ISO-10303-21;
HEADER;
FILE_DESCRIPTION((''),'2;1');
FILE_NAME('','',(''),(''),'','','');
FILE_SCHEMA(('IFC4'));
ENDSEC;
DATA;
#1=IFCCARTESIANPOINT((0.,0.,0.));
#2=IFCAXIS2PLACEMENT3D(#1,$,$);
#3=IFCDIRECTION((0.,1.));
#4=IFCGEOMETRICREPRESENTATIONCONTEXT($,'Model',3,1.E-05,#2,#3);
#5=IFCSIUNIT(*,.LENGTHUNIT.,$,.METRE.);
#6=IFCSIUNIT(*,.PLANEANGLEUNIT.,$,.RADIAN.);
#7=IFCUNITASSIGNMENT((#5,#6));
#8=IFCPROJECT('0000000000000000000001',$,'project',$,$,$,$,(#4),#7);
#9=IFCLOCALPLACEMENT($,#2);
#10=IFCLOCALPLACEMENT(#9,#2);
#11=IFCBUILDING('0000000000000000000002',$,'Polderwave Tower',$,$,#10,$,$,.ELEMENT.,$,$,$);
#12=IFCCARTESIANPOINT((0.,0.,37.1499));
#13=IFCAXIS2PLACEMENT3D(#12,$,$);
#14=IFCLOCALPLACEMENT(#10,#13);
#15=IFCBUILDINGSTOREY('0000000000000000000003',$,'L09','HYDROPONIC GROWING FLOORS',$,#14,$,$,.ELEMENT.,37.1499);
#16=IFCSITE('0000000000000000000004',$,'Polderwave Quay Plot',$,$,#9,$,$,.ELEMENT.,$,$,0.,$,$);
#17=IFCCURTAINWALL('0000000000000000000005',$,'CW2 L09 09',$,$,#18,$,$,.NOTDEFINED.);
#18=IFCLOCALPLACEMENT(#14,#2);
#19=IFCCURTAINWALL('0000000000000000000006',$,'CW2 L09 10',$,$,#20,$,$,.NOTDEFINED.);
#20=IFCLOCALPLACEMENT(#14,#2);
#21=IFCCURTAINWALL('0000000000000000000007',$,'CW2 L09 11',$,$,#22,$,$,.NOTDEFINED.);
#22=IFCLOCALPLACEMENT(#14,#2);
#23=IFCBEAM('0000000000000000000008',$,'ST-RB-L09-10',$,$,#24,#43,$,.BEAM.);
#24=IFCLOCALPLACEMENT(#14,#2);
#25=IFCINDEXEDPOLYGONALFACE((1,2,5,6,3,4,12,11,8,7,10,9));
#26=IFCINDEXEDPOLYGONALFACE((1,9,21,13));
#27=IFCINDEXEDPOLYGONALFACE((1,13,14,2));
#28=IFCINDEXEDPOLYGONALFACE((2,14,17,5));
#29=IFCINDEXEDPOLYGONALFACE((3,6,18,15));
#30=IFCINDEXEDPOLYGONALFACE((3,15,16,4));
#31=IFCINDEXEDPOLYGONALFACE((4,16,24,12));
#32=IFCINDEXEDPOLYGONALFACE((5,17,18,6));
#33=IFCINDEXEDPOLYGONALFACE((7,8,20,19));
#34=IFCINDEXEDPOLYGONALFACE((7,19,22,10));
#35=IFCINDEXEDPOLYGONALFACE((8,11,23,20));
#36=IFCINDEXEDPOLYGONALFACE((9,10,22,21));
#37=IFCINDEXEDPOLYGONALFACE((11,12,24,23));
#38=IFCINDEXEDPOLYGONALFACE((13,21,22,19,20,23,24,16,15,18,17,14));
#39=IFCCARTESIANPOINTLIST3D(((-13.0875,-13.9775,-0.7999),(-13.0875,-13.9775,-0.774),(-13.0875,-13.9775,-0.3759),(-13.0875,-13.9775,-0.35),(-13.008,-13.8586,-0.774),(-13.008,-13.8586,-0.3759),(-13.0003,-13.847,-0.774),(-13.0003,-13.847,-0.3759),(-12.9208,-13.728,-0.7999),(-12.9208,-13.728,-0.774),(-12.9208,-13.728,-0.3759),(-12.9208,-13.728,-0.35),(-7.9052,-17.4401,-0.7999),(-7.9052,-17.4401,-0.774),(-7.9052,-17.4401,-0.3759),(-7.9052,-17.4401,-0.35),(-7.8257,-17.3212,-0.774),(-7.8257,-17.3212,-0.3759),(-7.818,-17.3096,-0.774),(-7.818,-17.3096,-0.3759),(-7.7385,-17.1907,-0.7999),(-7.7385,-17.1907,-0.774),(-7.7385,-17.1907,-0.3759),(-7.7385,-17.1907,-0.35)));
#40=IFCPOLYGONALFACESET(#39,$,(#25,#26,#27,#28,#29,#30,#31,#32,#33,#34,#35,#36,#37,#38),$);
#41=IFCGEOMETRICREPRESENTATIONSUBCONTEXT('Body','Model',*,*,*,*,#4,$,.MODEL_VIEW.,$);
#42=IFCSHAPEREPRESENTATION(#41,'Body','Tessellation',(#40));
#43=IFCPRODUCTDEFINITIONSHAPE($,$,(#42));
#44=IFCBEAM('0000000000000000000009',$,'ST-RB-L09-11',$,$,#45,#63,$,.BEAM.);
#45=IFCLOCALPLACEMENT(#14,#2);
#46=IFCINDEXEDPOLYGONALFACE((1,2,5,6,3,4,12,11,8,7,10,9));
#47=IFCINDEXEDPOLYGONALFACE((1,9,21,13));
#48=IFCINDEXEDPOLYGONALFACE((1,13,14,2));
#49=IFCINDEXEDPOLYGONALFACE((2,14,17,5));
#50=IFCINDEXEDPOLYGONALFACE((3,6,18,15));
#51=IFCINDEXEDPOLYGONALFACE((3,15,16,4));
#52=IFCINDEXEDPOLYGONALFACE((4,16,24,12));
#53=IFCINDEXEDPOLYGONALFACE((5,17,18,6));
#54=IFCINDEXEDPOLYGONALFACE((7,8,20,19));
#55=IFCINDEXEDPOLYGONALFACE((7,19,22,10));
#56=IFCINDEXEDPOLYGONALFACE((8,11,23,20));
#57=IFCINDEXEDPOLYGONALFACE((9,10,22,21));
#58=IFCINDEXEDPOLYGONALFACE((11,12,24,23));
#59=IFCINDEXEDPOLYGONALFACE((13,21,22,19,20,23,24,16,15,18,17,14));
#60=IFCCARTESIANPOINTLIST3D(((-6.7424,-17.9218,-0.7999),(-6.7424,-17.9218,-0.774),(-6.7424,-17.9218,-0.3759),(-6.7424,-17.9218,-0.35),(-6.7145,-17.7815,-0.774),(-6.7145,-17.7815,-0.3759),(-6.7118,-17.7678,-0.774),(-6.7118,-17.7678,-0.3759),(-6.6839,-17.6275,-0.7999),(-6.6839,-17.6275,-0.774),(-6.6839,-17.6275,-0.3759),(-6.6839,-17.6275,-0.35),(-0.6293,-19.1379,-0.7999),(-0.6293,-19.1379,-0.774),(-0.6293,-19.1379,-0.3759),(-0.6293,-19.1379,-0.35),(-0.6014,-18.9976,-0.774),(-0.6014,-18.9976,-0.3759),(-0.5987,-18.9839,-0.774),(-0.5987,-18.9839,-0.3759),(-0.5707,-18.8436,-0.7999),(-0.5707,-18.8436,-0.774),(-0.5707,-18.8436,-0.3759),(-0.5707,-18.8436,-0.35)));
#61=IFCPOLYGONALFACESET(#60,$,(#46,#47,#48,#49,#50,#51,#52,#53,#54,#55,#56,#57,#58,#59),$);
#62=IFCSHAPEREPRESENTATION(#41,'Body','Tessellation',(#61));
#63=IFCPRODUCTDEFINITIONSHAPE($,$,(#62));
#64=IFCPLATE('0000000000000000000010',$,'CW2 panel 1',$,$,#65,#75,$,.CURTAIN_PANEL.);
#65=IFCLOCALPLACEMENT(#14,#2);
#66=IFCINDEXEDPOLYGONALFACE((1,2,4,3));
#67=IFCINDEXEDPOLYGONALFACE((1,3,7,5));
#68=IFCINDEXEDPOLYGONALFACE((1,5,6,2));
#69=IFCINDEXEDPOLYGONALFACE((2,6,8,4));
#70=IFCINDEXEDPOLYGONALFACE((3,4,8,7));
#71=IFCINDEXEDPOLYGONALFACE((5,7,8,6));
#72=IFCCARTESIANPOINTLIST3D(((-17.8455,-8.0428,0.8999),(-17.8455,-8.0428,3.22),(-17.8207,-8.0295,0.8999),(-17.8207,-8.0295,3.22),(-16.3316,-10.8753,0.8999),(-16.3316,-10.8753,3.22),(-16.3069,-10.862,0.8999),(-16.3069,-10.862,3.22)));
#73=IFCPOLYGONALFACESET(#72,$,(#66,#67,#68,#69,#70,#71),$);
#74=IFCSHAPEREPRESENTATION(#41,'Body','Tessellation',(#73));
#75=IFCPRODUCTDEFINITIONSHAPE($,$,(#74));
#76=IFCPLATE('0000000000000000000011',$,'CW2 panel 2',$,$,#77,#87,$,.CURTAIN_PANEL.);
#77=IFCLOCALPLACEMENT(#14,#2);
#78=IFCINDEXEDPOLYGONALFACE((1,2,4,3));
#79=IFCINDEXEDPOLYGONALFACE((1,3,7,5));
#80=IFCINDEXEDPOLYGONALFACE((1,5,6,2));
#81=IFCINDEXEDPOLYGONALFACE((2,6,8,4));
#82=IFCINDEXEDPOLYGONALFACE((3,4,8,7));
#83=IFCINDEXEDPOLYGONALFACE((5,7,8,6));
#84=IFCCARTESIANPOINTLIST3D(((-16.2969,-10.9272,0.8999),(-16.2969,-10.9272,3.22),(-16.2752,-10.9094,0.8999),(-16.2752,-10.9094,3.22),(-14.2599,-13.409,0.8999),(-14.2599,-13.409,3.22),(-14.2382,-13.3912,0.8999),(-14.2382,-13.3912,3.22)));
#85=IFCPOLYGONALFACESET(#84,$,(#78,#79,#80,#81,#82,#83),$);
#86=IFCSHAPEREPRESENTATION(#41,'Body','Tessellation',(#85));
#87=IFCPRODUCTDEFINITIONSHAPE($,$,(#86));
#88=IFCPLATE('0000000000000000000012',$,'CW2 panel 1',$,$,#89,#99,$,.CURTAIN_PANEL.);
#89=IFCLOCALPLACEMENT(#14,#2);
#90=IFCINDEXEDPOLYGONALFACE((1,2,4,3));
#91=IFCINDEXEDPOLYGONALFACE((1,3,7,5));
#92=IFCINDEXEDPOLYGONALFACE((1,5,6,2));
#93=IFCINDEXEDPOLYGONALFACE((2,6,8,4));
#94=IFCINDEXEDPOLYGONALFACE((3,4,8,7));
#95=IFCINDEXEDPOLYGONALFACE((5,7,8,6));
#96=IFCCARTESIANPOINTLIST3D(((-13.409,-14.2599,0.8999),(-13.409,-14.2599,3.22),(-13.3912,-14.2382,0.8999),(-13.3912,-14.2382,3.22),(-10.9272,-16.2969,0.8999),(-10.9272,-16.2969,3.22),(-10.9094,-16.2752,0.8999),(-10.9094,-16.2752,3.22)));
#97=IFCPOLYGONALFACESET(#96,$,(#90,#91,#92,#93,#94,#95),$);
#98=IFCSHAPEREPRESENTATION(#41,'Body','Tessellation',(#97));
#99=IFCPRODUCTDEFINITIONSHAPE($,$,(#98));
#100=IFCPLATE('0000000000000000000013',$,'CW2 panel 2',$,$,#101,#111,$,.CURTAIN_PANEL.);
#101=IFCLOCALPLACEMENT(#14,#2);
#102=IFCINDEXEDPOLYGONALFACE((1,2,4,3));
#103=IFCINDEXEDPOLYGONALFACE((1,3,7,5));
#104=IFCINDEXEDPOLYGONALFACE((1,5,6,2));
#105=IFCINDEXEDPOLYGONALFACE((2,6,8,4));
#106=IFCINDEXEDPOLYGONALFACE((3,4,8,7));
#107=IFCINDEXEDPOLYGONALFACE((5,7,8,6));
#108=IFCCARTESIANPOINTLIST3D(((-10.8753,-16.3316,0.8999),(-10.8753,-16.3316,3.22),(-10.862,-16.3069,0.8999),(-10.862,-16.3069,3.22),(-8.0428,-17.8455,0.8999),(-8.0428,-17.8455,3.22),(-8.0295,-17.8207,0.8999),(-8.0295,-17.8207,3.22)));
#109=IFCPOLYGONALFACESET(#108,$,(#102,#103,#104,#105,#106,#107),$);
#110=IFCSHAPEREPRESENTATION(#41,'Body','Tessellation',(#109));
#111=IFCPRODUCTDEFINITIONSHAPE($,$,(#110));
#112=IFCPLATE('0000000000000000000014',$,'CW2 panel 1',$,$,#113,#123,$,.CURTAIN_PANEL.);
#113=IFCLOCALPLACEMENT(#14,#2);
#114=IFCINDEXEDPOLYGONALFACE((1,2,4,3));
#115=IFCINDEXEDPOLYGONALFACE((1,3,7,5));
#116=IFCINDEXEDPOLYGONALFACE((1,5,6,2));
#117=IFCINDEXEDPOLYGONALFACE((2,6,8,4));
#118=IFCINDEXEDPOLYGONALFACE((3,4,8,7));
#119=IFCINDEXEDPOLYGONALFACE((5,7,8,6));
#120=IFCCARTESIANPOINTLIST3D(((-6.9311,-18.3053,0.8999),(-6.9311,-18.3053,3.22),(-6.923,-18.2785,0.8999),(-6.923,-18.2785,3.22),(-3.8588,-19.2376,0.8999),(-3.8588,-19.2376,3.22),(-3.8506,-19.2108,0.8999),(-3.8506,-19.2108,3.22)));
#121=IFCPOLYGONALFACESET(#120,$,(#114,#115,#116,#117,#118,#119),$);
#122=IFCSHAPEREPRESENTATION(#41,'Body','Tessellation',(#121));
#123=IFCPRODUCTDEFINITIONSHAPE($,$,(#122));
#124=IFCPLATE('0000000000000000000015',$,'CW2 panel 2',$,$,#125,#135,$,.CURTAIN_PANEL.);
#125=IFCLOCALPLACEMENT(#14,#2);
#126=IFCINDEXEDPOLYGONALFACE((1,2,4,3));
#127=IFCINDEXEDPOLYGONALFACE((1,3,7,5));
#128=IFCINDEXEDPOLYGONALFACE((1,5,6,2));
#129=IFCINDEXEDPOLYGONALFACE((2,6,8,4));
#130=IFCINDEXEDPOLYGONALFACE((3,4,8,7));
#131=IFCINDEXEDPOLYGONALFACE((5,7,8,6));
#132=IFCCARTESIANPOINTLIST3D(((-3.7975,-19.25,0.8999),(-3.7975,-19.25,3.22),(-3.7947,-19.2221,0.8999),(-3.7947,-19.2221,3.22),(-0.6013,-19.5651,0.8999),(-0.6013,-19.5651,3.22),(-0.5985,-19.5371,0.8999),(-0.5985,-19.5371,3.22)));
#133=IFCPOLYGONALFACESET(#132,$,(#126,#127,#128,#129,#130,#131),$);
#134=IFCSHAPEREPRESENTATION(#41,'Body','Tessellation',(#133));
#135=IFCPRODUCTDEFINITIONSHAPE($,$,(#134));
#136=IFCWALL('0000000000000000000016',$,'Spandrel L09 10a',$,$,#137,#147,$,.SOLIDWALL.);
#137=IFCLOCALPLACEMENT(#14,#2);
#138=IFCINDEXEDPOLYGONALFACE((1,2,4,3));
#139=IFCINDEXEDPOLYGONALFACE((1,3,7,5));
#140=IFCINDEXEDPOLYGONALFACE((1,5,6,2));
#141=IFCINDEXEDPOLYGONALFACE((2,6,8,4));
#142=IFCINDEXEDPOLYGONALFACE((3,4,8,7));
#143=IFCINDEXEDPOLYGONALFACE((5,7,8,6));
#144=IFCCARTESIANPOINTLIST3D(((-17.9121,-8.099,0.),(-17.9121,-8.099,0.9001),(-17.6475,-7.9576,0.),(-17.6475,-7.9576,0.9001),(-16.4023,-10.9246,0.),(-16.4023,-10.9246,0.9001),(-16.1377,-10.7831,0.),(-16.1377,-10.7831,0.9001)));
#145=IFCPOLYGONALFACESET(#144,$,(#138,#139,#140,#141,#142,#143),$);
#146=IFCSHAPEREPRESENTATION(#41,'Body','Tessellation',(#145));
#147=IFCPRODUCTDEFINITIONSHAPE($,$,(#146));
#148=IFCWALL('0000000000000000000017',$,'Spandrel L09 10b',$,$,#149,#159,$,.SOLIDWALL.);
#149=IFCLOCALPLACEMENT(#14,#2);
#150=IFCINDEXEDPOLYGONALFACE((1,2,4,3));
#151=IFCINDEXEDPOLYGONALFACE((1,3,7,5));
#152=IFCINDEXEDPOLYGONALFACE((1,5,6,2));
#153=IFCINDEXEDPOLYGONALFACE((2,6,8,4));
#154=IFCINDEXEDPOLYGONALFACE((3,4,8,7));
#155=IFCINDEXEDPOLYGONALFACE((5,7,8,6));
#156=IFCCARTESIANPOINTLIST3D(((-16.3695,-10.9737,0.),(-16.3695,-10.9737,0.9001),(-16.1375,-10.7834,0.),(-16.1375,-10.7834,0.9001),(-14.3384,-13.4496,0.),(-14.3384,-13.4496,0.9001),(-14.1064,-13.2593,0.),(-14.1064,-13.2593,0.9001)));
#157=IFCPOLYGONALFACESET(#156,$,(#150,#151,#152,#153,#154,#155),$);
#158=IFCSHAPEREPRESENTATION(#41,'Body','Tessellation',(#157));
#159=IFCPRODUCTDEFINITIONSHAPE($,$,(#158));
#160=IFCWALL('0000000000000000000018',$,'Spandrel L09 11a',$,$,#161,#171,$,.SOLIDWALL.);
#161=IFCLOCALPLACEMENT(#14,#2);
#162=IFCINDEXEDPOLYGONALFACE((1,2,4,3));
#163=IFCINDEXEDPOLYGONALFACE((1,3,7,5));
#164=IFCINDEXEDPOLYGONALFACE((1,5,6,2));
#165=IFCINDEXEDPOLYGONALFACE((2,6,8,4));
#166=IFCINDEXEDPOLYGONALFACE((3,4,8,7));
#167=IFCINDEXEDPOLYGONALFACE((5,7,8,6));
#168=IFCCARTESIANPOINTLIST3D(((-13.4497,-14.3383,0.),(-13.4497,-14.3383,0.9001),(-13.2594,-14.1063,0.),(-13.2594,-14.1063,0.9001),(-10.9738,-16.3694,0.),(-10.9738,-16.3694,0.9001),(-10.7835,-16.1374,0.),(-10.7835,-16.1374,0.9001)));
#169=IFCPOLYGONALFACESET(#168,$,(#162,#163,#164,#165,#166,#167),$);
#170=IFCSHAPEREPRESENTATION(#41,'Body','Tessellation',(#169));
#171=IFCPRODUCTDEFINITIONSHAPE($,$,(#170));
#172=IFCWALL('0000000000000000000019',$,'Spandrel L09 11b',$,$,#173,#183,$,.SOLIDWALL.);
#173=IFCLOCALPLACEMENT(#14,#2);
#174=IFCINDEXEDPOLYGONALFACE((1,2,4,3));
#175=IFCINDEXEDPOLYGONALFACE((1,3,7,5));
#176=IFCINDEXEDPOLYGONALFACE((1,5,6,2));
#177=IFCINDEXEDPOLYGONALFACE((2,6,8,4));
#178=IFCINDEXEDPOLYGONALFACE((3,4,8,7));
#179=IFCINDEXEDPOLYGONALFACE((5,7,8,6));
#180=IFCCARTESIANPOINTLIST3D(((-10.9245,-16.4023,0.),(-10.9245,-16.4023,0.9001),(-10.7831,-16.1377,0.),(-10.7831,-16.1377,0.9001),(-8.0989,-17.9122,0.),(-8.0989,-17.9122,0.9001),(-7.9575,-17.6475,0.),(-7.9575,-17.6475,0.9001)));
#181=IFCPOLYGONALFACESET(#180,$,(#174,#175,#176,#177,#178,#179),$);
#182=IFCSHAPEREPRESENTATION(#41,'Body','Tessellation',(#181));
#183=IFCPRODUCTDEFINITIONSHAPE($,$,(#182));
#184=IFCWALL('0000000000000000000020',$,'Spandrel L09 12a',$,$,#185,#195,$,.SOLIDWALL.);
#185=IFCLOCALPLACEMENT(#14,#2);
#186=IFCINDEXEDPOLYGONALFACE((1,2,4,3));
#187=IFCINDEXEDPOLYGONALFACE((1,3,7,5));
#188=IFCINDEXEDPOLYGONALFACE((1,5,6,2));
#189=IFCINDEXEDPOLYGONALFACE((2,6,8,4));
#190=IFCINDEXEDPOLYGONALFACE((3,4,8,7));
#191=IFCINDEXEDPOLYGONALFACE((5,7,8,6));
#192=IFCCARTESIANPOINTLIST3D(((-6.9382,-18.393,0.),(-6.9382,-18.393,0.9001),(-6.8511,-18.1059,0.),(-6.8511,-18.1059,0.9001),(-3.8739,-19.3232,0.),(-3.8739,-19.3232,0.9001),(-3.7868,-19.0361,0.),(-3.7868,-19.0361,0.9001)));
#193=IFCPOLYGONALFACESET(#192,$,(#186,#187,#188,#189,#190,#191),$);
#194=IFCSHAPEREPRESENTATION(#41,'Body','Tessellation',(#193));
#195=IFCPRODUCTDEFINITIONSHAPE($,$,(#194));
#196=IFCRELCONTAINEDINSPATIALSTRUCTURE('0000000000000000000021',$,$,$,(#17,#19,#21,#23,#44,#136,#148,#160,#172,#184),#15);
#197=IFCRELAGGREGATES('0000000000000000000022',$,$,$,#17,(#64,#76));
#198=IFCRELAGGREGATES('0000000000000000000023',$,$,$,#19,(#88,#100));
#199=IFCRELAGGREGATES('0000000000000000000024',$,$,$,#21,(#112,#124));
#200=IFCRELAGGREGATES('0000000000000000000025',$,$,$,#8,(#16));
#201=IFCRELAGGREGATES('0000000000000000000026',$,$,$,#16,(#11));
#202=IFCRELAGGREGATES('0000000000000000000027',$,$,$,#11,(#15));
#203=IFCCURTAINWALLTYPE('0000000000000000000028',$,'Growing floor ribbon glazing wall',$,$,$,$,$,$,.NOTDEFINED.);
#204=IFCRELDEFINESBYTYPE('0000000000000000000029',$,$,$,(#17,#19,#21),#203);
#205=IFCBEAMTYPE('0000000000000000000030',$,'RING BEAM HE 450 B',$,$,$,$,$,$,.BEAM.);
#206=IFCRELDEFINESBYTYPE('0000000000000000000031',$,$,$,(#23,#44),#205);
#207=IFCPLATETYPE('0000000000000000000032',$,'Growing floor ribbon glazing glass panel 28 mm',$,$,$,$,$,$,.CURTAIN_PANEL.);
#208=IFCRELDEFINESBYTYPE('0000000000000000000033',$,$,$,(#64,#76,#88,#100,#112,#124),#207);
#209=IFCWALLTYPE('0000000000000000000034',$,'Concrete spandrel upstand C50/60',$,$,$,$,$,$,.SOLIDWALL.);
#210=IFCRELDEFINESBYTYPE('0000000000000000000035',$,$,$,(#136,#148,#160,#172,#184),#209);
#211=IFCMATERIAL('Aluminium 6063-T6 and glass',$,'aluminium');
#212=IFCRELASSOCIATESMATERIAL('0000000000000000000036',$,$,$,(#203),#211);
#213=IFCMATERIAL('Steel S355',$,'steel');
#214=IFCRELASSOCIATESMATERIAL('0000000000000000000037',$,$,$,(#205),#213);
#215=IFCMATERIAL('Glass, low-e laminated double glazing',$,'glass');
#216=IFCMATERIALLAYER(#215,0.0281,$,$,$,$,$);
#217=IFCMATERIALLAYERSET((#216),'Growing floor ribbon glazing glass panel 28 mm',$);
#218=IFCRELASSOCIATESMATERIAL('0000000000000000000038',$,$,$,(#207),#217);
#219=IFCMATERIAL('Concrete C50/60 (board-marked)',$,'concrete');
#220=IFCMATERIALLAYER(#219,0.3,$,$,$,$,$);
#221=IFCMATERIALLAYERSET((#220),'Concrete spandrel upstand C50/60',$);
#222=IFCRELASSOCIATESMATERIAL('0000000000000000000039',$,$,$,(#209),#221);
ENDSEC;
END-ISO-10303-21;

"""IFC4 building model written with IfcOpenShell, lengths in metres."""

from ifc_helpers import new_model, si_unit, direction, frame, frame_2d, origin, origin_2d, place, context, subcontext, project, spatial, rectangle, i_section, extrude, material, layer, layer_set, material_profile, profile_set, type_object, element, aggregate, save


model = new_model("IFC4")

# Units and contexts
model_context = context("Model", 3, precision=1e-05, world=origin(), true_north=direction((0.0, 1.0)))
body_context = subcontext(model_context, "Body", "Model", "MODEL_VIEW")
ifc_project = project(units=[si_unit("LENGTHUNIT", "METRE"), si_unit("PLANEANGLEUNIT", "RADIAN")], contexts=[model_context])

# Site, building, storey
site_placement = place(None, origin())
site = spatial("IfcSite", under=ifc_project, at=site_placement, Name="Polderwave Quay Plot", CompositionType="ELEMENT", RefElevation=0.0)
building_placement = place(site_placement, origin())
building = spatial("IfcBuilding", under=site, at=building_placement, Name="Polderwave Tower", CompositionType="ELEMENT")
storey_placement = place(building_placement, frame((0.0, 0.0, 37.1499)))
storey = spatial("IfcBuildingStorey", under=building, at=storey_placement, Name="L09", Description="HYDROPONIC GROWING FLOORS", CompositionType="ELEMENT", Elevation=37.1499)

# Curtain walls
ifc_material_1 = material(Name="Aluminium 6063-T6 and glass", Category="aluminium")
curtain_wall_type = type_object("IfcCurtainWallType", Name="Growing floor ribbon glazing wall", PredefinedType="NOTDEFINED", material=ifc_material_1)
curtain_wall_1_placement = place(storey_placement, origin())
curtain_wall_1 = element("IfcCurtainWall", 1, at=curtain_wall_1_placement, inside=storey, type_object=curtain_wall_type, Name="CW2 L09 09", PredefinedType="NOTDEFINED")
curtain_wall_2_placement = place(storey_placement, origin())
curtain_wall_2 = element("IfcCurtainWall", 2, at=curtain_wall_2_placement, inside=storey, type_object=curtain_wall_type, Name="CW2 L09 10", PredefinedType="NOTDEFINED")
curtain_wall_3_placement = place(storey_placement, origin())
curtain_wall_3 = element("IfcCurtainWall", 3, at=curtain_wall_3_placement, inside=storey, type_object=curtain_wall_type, Name="CW2 L09 11", PredefinedType="NOTDEFINED")

# Beams
ifc_material_2 = material(Name="Steel S355", Category="steel")
ifc_material_profile_1 = material_profile(ifc_material_2, i_section(OverallWidth=0.3, OverallDepth=0.45, WebThickness=0.0139, FlangeThickness=0.0259, at=origin_2d()), Name="HE 450 B")
ifc_profile_set_1 = profile_set([ifc_material_profile_1], Name="Steel S355")
beam_type = type_object("IfcBeamType", Name="RING BEAM HE 450 B", PredefinedType="BEAM", material=ifc_profile_set_1)
for number, where, z_axis, x_axis, name in (
    (4, (-13.0042, -13.8528, -0.575), (0.831477, -0.555559, 0.0), (0.555559, 0.831477, 0.0), "ST-RB-L09-10"),
):
    element("IfcBeam", number, at=place(storey_placement, frame(where, z_axis=z_axis, x_axis=x_axis)), inside=storey, type_object=beam_type, Name=name, PredefinedType="BEAM", context=body_context, shape_type="SweptSolid", body=[
        extrude(i_section(OverallWidth=0.3, OverallDepth=0.45, WebThickness=0.0139, FlangeThickness=0.0259, at=origin_2d()), origin(), (0.0, 0.0, 1.0), 6.2327),
    ])
beam_placement = place(storey_placement, frame((-6.7131, -17.7747, -0.575), z_axis=(0.980782, -0.195107, 0.0), x_axis=(0.195107, 0.980782, 0.0)))
element("IfcBeam", 5, at=beam_placement, inside=storey, type_object=beam_type, Name="ST-RB-L09-11", PredefinedType="BEAM", context=body_context, shape_type="SweptSolid", body=[
    extrude(i_section(OverallWidth=0.3, OverallDepth=0.45, WebThickness=0.0139, FlangeThickness=0.0259, at=origin_2d()), origin(), (0.0, 0.0, 1.0), 6.2329),
])

# Plates
ifc_material_3 = material(Name="Glass, low-e laminated double glazing", Category="glass")
ifc_layer_1 = layer(ifc_material_3, 0.0281)
ifc_layer_set_1 = layer_set([ifc_layer_1], Name="Growing floor ribbon glazing glass panel 28 mm")
plate_type = type_object("IfcPlateType", Name="Growing floor ribbon glazing glass panel 28 mm", PredefinedType="CURTAIN_PANEL", material=ifc_layer_set_1)
plate_1_placement = place(storey_placement, frame((-17.0762, -9.4524, 0.8999), z_axis=(0.0, 0.0, 1.0), x_axis=(0.471357, -0.881943, 0.0)))
plate_1 = element("IfcPlate", 6, at=plate_1_placement, type_object=plate_type, Name="CW2 panel 1", PredefinedType="CURTAIN_PANEL", context=body_context, shape_type="SweptSolid", body=[
    extrude(rectangle(XDim=3.2117, YDim=0.0281, at=origin_2d()), origin(), (0.0, 0.0, 1.0), 2.3201),
])
plate_2_placement = place(storey_placement, frame((-15.2676, -12.1592, 0.8999), z_axis=(0.0, 0.0, 1.0), x_axis=(0.63443, -0.772981, 0.0)))
plate_2 = element("IfcPlate", 7, at=plate_2_placement, type_object=plate_type, Name="CW2 panel 2", PredefinedType="CURTAIN_PANEL", context=body_context, shape_type="SweptSolid", body=[
    extrude(rectangle(XDim=3.2107, YDim=0.0281, at=origin_2d()), origin(), (0.0, 0.0, 1.0), 2.3201),
])
aggregate(curtain_wall_1, [plate_1, plate_2])
plate_3_placement = place(storey_placement, frame((-12.1592, -15.2676, 0.8999), z_axis=(0.0, 0.0, 1.0), x_axis=(0.772981, -0.63443, 0.0)))
plate_3 = element("IfcPlate", 8, at=plate_3_placement, type_object=plate_type, Name="CW2 panel 1", PredefinedType="CURTAIN_PANEL", context=body_context, shape_type="SweptSolid", body=[
    extrude(rectangle(XDim=3.2107, YDim=0.0281, at=origin_2d()), origin(), (0.0, 0.0, 1.0), 2.3201),
])
plate_4_placement = place(storey_placement, frame((-9.4524, -17.0762, 0.8999), z_axis=(0.0, 0.0, 1.0), x_axis=(0.881943, -0.471357, 0.0)))
plate_4 = element("IfcPlate", 9, at=plate_4_placement, type_object=plate_type, Name="CW2 panel 2", PredefinedType="CURTAIN_PANEL", context=body_context, shape_type="SweptSolid", body=[
    extrude(rectangle(XDim=3.2117, YDim=0.0281, at=origin_2d()), origin(), (0.0, 0.0, 1.0), 2.3201),
])
aggregate(curtain_wall_2, [plate_3, plate_4])
plate_5_placement = place(storey_placement, frame((-5.3909, -18.7581, 0.8999), z_axis=(0.0, 0.0, 1.0), x_axis=(0.956913, -0.290375, 0.0)))
plate_5 = element("IfcPlate", 10, at=plate_5_placement, type_object=plate_type, Name="CW2 panel 1", PredefinedType="CURTAIN_PANEL", context=body_context, shape_type="SweptSolid", body=[
    extrude(rectangle(XDim=3.2107, YDim=0.0281, at=origin_2d()), origin(), (0.0, 0.0, 1.0), 2.3201),
])
plate_6_placement = place(storey_placement, frame((-2.198, -19.3936, 0.8999), z_axis=(0.0, 0.0, 1.0), x_axis=(0.995177, -0.098099, 0.0)))
plate_6 = element("IfcPlate", 11, at=plate_6_placement, type_object=plate_type, Name="CW2 panel 2", PredefinedType="CURTAIN_PANEL", context=body_context, shape_type="SweptSolid", body=[
    extrude(rectangle(XDim=3.2117, YDim=0.0281, at=origin_2d()), origin(), (0.0, 0.0, 1.0), 2.3201),
])
aggregate(curtain_wall_3, [plate_5, plate_6])

# Walls
ifc_material_4 = material(Name="Concrete C50/60 (board-marked)", Category="concrete")
ifc_layer_2 = layer(ifc_material_4, 0.3)
ifc_layer_set_2 = layer_set([ifc_layer_2], Name="Concrete spandrel upstand C50/60")
wall_type_1 = type_object("IfcWallType", Name="Concrete spandrel upstand C50/60", PredefinedType="SOLIDWALL", material=ifc_layer_set_2)
wall_1_placement = place(storey_placement, frame((-17.7798, -8.0283, 0.0), z_axis=(0.0, 0.0, 1.0), x_axis=(0.471284, -0.881981, 0.0)))
element("IfcWall", 12, at=wall_1_placement, inside=storey, type_object=wall_type_1, Name="Spandrel L09 10a", PredefinedType="SOLIDWALL", context=body_context, shape_type="SweptSolid", body=[
    extrude(rectangle(XDim=3.2036, YDim=0.3, at=frame_2d((1.6018, 0.0))), origin(), (0.0, 0.0, 1.0), 0.9001),
])
for number, where, z_axis, x_axis, name in (
    (13, (-16.2534, -10.8787, 0.0), (0.0, 0.0, 1.0), (0.634234, -0.773141, 0.0), "Spandrel L09 10b"),
    (14, (-13.3545, -14.2224, 0.0), (0.0, 0.0, 1.0), (0.773141, -0.634234, 0.0), "Spandrel L09 11a"),
):
    element("IfcWall", number, at=place(storey_placement, frame(where, z_axis=z_axis, x_axis=x_axis)), inside=storey, type_object=wall_type_1, Name=name, PredefinedType="SOLIDWALL", context=body_context, shape_type="SweptSolid", body=[
        extrude(rectangle(XDim=3.2024, YDim=0.3, at=frame_2d((1.6011, 0.0))), origin(), (0.0, 0.0, 1.0), 0.9001),
    ])
wall_2_placement = place(storey_placement, frame((-10.8538, -16.27, 0.0), z_axis=(0.0, 0.0, 1.0), x_axis=(0.881981, -0.471284, 0.0)))
element("IfcWall", 15, at=wall_2_placement, inside=storey, type_object=wall_type_1, Name="Spandrel L09 11b", PredefinedType="SOLIDWALL", context=body_context, shape_type="SweptSolid", body=[
    extrude(rectangle(XDim=3.2036, YDim=0.3, at=frame_2d((1.6018, 0.0))), origin(), (0.0, 0.0, 1.0), 0.9001),
])
wall_3_placement = place(storey_placement, frame((-6.8945, -18.2495, 0.0), z_axis=(0.0, 0.0, 1.0), x_axis=(0.956883, -0.290473, 0.0)))
element("IfcWall", 16, at=wall_3_placement, inside=storey, type_object=wall_type_1, Name="Spandrel L09 12a", PredefinedType="SOLIDWALL", context=body_context, shape_type="SweptSolid", body=[
    extrude(rectangle(XDim=3.2024, YDim=0.3, at=frame_2d((1.6011, 0.0))), origin(), (0.0, 0.0, 1.0), 0.9001),
])

save(model, "model.ifc")
